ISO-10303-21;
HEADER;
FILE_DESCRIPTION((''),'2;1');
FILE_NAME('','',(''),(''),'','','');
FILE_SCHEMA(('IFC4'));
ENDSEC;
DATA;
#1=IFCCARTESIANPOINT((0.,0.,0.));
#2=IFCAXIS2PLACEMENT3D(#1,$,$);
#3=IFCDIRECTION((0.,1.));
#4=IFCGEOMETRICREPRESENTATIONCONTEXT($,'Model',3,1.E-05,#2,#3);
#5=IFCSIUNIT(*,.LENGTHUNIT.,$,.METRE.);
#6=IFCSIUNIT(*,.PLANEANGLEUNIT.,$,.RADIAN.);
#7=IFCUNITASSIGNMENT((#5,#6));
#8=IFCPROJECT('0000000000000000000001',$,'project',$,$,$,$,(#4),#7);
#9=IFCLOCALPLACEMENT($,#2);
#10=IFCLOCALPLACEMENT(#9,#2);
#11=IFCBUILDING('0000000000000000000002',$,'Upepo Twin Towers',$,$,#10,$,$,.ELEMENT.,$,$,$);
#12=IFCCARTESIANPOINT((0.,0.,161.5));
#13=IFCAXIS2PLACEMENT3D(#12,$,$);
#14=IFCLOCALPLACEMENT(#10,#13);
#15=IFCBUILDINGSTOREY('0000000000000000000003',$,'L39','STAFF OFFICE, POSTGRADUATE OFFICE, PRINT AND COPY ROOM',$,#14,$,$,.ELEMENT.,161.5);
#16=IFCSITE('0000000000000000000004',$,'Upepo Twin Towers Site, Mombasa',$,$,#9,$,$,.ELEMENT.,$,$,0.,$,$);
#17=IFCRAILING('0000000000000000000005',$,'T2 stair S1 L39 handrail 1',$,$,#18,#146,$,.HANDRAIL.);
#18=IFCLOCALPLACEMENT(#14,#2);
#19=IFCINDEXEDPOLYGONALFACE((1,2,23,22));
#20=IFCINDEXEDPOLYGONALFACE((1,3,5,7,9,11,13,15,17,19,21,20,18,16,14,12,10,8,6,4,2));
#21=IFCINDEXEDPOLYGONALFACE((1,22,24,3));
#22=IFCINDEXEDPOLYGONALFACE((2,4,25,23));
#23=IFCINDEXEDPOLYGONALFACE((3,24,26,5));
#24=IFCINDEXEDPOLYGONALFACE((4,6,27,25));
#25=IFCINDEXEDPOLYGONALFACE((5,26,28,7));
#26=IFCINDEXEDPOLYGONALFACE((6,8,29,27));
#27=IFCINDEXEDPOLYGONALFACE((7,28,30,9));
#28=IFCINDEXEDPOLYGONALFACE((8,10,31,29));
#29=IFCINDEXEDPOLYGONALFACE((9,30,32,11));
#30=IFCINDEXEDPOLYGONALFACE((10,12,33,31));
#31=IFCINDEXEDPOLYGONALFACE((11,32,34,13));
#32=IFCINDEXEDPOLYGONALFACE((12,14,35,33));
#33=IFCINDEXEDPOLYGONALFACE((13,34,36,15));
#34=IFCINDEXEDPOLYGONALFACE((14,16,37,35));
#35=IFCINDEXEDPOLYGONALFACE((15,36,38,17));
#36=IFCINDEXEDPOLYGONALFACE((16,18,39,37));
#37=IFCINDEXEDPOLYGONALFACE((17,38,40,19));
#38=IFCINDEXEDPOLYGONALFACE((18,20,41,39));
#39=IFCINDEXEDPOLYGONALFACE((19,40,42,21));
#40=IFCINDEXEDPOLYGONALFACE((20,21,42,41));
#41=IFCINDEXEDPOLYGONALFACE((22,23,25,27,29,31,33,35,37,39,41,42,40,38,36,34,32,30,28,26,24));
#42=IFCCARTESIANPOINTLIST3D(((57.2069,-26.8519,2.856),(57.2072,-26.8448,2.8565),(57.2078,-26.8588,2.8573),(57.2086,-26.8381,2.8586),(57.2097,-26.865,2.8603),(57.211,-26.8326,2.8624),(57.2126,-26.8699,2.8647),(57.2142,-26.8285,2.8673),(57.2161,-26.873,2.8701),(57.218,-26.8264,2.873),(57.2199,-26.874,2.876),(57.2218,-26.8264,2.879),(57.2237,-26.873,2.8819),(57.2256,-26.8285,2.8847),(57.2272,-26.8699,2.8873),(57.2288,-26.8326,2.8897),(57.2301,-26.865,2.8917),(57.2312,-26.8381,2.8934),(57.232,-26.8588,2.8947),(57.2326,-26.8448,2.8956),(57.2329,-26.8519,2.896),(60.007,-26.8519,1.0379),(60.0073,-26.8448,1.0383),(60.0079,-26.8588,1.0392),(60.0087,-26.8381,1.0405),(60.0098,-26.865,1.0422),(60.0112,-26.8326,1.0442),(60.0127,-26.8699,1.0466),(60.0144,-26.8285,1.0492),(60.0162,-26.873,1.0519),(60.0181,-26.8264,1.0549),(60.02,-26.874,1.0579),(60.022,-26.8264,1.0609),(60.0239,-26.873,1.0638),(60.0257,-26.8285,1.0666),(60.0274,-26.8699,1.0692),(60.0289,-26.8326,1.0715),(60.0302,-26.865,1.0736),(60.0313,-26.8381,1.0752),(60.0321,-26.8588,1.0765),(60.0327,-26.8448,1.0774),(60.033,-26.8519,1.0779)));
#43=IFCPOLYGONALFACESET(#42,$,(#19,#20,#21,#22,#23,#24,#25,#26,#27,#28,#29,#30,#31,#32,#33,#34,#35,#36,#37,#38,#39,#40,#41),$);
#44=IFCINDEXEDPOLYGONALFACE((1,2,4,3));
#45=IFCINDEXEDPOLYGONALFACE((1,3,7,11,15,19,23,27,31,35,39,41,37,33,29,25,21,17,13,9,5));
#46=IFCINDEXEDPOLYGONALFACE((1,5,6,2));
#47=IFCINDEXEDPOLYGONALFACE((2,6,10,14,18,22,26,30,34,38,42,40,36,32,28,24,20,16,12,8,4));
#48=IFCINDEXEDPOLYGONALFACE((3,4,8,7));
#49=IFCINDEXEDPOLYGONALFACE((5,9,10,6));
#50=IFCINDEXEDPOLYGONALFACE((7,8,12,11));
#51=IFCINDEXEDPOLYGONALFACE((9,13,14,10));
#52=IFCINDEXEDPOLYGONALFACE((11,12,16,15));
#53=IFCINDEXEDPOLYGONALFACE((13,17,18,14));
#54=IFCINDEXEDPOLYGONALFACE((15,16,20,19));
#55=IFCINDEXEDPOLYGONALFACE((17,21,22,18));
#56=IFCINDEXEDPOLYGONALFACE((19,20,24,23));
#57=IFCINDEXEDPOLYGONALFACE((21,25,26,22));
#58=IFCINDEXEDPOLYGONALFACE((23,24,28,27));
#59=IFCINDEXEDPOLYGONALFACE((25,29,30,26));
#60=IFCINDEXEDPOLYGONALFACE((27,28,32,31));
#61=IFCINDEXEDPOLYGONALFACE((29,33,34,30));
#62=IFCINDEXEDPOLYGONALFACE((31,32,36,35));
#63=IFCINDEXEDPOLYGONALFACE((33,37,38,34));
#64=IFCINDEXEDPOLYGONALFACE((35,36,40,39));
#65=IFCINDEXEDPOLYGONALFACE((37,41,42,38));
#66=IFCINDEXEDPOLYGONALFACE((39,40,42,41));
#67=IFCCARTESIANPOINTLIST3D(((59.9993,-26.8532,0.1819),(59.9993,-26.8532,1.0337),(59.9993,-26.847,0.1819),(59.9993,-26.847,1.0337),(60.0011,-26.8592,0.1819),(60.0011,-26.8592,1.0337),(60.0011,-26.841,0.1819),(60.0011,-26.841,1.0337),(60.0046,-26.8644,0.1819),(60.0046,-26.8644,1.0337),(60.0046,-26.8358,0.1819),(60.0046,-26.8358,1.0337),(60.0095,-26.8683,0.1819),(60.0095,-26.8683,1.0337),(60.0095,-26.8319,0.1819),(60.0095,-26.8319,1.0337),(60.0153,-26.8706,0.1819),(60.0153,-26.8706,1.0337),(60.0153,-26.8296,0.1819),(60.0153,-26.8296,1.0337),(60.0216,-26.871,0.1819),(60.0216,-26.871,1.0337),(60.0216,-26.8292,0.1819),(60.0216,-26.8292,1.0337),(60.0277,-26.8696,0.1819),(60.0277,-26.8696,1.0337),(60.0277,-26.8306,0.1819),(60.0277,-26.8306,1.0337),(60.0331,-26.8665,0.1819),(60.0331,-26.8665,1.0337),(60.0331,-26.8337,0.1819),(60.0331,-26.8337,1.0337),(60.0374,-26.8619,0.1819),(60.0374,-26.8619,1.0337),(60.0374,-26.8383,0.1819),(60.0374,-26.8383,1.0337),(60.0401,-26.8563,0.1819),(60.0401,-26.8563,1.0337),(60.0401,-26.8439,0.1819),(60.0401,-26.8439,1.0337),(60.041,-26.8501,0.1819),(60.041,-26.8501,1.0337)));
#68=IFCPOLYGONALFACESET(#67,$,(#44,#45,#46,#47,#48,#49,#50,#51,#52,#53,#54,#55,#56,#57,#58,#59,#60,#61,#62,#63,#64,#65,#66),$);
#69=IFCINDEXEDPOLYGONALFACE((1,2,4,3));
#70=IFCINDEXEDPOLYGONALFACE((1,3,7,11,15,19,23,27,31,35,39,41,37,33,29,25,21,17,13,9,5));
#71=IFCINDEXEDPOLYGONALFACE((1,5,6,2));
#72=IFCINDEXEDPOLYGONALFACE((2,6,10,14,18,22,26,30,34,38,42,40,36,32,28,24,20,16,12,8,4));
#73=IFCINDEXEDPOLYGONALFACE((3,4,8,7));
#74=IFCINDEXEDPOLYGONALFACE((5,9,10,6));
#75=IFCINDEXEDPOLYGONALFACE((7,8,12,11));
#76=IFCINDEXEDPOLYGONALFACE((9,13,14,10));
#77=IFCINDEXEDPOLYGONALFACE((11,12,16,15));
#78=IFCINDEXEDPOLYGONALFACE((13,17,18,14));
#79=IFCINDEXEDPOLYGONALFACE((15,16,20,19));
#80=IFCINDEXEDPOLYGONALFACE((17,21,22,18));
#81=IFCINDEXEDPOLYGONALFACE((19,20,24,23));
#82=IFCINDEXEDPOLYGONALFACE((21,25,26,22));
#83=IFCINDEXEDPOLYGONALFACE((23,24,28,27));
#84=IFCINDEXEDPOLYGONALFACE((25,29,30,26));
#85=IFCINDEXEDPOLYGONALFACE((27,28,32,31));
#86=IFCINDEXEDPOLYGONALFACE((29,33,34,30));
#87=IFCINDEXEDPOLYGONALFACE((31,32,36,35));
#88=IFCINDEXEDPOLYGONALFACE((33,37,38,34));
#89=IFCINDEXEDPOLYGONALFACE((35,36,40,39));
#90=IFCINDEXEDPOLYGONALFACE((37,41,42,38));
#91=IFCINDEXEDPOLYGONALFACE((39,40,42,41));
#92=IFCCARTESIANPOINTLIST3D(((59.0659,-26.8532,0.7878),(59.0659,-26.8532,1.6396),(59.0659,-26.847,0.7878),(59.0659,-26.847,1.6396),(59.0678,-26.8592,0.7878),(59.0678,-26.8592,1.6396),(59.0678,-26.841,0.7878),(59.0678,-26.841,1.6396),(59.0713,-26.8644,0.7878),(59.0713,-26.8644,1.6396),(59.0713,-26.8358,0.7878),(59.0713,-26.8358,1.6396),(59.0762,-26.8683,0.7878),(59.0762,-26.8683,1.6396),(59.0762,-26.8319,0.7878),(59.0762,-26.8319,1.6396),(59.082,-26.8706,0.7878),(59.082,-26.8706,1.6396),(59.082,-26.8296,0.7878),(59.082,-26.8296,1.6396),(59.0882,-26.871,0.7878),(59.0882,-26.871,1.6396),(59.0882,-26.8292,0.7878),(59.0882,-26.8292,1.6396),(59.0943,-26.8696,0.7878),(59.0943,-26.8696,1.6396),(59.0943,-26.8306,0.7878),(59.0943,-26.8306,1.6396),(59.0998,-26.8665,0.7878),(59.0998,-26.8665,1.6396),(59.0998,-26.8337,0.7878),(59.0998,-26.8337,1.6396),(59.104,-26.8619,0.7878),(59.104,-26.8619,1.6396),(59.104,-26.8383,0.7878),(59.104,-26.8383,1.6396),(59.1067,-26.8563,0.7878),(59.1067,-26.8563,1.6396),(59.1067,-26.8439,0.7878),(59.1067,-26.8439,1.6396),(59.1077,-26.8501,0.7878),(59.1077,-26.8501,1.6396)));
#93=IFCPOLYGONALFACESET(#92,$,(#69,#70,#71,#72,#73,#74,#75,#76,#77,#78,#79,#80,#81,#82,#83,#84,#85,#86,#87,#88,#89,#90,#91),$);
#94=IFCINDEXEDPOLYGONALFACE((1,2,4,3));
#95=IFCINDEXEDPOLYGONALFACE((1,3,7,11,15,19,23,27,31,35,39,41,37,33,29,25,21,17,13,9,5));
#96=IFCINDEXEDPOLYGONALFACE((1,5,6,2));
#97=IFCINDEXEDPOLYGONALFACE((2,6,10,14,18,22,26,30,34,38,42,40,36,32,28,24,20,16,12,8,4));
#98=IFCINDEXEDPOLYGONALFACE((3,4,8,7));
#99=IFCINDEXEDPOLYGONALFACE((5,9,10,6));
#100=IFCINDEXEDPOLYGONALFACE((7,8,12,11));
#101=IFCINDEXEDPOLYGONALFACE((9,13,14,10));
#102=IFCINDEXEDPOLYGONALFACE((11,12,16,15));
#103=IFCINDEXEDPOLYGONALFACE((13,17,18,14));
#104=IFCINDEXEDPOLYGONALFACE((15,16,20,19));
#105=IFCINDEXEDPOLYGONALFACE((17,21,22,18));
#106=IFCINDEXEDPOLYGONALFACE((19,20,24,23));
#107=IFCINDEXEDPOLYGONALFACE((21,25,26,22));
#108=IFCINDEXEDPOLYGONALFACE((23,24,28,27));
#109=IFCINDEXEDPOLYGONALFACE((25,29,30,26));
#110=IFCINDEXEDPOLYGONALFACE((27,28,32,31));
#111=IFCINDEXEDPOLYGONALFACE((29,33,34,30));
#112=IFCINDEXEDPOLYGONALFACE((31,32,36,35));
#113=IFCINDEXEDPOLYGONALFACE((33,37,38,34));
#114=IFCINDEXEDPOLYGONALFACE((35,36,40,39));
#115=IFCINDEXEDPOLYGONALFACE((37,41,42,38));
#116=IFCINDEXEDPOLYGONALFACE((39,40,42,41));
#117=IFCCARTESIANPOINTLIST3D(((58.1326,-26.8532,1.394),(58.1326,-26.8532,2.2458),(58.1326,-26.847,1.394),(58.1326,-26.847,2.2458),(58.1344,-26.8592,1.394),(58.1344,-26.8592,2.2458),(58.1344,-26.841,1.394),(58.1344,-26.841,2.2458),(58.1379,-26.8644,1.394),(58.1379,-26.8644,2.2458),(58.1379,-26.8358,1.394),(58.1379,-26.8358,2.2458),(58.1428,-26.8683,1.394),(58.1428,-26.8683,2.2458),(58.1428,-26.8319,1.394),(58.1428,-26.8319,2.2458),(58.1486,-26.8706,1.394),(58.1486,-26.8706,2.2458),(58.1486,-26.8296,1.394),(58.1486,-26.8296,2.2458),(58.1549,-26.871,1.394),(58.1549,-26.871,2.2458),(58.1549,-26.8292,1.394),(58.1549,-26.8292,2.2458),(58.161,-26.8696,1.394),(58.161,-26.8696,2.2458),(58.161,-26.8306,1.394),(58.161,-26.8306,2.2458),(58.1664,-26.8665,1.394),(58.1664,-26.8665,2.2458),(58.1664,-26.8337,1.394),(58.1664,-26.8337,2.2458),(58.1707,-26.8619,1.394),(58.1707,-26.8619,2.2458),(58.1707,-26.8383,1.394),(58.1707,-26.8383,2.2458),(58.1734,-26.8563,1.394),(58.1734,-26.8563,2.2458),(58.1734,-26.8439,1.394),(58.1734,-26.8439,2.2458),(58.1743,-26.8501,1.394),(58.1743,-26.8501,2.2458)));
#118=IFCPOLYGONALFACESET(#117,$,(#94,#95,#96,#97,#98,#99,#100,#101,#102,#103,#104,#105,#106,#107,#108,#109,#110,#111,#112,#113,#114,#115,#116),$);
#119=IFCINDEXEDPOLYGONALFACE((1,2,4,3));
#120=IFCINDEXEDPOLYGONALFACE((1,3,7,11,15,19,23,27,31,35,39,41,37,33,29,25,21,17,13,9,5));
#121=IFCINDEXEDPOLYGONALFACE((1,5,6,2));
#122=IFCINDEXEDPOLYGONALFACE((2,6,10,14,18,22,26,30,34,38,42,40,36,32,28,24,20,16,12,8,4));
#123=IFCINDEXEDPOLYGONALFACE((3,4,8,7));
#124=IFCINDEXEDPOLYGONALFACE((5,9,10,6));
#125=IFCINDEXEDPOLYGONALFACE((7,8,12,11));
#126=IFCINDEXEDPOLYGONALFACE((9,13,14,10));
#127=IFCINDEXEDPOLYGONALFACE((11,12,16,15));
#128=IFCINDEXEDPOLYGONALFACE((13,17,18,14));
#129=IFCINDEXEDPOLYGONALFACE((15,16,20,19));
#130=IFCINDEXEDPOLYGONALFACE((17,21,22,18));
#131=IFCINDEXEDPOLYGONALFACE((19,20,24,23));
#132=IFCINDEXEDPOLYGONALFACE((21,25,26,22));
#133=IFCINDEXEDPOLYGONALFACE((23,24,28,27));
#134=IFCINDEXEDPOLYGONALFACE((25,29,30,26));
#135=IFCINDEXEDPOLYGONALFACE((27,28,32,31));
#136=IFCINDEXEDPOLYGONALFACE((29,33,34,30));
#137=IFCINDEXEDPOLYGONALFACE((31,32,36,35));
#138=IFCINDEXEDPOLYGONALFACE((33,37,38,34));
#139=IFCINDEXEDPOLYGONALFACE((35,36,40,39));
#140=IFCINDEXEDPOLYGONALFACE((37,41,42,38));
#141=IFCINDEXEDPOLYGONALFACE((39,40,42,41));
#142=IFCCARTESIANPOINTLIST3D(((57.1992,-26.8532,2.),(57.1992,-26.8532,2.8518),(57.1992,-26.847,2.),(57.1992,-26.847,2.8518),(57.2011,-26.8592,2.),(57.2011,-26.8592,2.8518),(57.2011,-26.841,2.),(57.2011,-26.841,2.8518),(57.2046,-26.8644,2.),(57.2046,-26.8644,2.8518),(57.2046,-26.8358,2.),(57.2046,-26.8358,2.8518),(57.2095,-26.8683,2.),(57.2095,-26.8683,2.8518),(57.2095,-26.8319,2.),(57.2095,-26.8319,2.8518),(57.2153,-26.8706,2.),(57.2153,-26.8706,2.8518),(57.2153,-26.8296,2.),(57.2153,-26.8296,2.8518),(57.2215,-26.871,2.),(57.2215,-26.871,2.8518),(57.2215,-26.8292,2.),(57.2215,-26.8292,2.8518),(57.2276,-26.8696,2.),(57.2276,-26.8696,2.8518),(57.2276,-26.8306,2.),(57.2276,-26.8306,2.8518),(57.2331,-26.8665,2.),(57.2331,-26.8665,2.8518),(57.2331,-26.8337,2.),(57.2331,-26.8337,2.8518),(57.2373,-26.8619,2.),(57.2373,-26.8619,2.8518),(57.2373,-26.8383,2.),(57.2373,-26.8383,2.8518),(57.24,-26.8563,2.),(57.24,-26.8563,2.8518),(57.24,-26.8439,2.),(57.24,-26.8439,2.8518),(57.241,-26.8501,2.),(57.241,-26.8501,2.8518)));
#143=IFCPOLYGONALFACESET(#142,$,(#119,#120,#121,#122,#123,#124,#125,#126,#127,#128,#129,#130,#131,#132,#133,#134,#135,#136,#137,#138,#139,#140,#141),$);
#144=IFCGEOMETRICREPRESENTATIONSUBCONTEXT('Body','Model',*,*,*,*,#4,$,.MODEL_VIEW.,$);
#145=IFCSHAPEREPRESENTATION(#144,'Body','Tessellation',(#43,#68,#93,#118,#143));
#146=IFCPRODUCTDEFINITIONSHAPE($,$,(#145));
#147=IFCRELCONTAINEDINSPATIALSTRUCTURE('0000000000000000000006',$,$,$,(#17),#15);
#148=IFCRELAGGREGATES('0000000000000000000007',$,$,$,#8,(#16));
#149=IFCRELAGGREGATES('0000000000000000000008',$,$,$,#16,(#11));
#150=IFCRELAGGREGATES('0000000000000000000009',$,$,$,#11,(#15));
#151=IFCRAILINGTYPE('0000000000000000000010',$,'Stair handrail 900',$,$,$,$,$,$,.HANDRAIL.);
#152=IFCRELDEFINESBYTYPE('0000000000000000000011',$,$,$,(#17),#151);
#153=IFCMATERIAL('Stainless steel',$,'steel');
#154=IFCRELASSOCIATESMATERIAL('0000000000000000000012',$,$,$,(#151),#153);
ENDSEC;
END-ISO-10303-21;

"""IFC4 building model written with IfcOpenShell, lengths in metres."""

from ifc_helpers import new_model, si_unit, direction, frame, origin, origin_2d, place, context, subcontext, project, spatial, circle, extrude, material, type_object, element, save


model = new_model("IFC4")

# Units and contexts
model_context = context("Model", 3, precision=1e-05, world=origin(), true_north=direction((0.0, 1.0)))
body_context = subcontext(model_context, "Body", "Model", "MODEL_VIEW")
ifc_project = project(units=[si_unit("LENGTHUNIT", "METRE"), si_unit("PLANEANGLEUNIT", "RADIAN")], contexts=[model_context])

# Site, building, storey
site_placement = place(None, origin())
site = spatial("IfcSite", under=ifc_project, at=site_placement, Name="Upepo Twin Towers Site, Mombasa", CompositionType="ELEMENT", RefElevation=0.0)
building_placement = place(site_placement, origin())
building = spatial("IfcBuilding", under=site, at=building_placement, Name="Upepo Twin Towers", CompositionType="ELEMENT")
storey_placement = place(building_placement, frame((0.0, 0.0, 161.5)))
storey = spatial("IfcBuildingStorey", under=building, at=storey_placement, Name="L39", Description="STAFF OFFICE, POSTGRADUATE OFFICE, PRINT AND COPY ROOM", CompositionType="ELEMENT", Elevation=161.5)

# Railing
ifc_material_1 = material(Name="Stainless steel", Category="steel")
railing_type = type_object("IfcRailingType", Name="Stair handrail 900", PredefinedType="HANDRAIL", material=ifc_material_1)
railing_1_placement = place(storey_placement, frame((60.02, -26.8501, 0.1819)))
element("IfcRailing", 1, at=railing_1_placement, inside=storey, type_object=railing_type, Name="T2 stair S1 L39 handrail 1", PredefinedType="HANDRAIL", context=body_context, shape_type="SweptSolid", body=[
    extrude(circle(Radius=0.0239, at=origin_2d()), frame((0.0, 0.0, 0.876), z_axis=(-0.838706, 0.0, 0.544585), x_axis=(0.0, -1.0, 0.0)), (0.0, 0.0, 1.0), 3.3386),
    extrude(circle(Radius=0.021, at=origin_2d()), origin(), (0.0, 0.0, 1.0), 0.8518),
    extrude(circle(Radius=0.021, at=origin_2d()), frame((-0.9333, 0.0, 0.606)), (0.0, 0.0, 1.0), 0.8518),
    extrude(circle(Radius=0.021, at=origin_2d()), frame((-1.8667, 0.0, 1.2122)), (0.0, 0.0, 1.0), 0.8518),
    extrude(circle(Radius=0.021, at=origin_2d()), frame((-2.8, 0.0, 1.8181)), (0.0, 0.0, 1.0), 0.8518),
])

save(model, "model.ifc")
